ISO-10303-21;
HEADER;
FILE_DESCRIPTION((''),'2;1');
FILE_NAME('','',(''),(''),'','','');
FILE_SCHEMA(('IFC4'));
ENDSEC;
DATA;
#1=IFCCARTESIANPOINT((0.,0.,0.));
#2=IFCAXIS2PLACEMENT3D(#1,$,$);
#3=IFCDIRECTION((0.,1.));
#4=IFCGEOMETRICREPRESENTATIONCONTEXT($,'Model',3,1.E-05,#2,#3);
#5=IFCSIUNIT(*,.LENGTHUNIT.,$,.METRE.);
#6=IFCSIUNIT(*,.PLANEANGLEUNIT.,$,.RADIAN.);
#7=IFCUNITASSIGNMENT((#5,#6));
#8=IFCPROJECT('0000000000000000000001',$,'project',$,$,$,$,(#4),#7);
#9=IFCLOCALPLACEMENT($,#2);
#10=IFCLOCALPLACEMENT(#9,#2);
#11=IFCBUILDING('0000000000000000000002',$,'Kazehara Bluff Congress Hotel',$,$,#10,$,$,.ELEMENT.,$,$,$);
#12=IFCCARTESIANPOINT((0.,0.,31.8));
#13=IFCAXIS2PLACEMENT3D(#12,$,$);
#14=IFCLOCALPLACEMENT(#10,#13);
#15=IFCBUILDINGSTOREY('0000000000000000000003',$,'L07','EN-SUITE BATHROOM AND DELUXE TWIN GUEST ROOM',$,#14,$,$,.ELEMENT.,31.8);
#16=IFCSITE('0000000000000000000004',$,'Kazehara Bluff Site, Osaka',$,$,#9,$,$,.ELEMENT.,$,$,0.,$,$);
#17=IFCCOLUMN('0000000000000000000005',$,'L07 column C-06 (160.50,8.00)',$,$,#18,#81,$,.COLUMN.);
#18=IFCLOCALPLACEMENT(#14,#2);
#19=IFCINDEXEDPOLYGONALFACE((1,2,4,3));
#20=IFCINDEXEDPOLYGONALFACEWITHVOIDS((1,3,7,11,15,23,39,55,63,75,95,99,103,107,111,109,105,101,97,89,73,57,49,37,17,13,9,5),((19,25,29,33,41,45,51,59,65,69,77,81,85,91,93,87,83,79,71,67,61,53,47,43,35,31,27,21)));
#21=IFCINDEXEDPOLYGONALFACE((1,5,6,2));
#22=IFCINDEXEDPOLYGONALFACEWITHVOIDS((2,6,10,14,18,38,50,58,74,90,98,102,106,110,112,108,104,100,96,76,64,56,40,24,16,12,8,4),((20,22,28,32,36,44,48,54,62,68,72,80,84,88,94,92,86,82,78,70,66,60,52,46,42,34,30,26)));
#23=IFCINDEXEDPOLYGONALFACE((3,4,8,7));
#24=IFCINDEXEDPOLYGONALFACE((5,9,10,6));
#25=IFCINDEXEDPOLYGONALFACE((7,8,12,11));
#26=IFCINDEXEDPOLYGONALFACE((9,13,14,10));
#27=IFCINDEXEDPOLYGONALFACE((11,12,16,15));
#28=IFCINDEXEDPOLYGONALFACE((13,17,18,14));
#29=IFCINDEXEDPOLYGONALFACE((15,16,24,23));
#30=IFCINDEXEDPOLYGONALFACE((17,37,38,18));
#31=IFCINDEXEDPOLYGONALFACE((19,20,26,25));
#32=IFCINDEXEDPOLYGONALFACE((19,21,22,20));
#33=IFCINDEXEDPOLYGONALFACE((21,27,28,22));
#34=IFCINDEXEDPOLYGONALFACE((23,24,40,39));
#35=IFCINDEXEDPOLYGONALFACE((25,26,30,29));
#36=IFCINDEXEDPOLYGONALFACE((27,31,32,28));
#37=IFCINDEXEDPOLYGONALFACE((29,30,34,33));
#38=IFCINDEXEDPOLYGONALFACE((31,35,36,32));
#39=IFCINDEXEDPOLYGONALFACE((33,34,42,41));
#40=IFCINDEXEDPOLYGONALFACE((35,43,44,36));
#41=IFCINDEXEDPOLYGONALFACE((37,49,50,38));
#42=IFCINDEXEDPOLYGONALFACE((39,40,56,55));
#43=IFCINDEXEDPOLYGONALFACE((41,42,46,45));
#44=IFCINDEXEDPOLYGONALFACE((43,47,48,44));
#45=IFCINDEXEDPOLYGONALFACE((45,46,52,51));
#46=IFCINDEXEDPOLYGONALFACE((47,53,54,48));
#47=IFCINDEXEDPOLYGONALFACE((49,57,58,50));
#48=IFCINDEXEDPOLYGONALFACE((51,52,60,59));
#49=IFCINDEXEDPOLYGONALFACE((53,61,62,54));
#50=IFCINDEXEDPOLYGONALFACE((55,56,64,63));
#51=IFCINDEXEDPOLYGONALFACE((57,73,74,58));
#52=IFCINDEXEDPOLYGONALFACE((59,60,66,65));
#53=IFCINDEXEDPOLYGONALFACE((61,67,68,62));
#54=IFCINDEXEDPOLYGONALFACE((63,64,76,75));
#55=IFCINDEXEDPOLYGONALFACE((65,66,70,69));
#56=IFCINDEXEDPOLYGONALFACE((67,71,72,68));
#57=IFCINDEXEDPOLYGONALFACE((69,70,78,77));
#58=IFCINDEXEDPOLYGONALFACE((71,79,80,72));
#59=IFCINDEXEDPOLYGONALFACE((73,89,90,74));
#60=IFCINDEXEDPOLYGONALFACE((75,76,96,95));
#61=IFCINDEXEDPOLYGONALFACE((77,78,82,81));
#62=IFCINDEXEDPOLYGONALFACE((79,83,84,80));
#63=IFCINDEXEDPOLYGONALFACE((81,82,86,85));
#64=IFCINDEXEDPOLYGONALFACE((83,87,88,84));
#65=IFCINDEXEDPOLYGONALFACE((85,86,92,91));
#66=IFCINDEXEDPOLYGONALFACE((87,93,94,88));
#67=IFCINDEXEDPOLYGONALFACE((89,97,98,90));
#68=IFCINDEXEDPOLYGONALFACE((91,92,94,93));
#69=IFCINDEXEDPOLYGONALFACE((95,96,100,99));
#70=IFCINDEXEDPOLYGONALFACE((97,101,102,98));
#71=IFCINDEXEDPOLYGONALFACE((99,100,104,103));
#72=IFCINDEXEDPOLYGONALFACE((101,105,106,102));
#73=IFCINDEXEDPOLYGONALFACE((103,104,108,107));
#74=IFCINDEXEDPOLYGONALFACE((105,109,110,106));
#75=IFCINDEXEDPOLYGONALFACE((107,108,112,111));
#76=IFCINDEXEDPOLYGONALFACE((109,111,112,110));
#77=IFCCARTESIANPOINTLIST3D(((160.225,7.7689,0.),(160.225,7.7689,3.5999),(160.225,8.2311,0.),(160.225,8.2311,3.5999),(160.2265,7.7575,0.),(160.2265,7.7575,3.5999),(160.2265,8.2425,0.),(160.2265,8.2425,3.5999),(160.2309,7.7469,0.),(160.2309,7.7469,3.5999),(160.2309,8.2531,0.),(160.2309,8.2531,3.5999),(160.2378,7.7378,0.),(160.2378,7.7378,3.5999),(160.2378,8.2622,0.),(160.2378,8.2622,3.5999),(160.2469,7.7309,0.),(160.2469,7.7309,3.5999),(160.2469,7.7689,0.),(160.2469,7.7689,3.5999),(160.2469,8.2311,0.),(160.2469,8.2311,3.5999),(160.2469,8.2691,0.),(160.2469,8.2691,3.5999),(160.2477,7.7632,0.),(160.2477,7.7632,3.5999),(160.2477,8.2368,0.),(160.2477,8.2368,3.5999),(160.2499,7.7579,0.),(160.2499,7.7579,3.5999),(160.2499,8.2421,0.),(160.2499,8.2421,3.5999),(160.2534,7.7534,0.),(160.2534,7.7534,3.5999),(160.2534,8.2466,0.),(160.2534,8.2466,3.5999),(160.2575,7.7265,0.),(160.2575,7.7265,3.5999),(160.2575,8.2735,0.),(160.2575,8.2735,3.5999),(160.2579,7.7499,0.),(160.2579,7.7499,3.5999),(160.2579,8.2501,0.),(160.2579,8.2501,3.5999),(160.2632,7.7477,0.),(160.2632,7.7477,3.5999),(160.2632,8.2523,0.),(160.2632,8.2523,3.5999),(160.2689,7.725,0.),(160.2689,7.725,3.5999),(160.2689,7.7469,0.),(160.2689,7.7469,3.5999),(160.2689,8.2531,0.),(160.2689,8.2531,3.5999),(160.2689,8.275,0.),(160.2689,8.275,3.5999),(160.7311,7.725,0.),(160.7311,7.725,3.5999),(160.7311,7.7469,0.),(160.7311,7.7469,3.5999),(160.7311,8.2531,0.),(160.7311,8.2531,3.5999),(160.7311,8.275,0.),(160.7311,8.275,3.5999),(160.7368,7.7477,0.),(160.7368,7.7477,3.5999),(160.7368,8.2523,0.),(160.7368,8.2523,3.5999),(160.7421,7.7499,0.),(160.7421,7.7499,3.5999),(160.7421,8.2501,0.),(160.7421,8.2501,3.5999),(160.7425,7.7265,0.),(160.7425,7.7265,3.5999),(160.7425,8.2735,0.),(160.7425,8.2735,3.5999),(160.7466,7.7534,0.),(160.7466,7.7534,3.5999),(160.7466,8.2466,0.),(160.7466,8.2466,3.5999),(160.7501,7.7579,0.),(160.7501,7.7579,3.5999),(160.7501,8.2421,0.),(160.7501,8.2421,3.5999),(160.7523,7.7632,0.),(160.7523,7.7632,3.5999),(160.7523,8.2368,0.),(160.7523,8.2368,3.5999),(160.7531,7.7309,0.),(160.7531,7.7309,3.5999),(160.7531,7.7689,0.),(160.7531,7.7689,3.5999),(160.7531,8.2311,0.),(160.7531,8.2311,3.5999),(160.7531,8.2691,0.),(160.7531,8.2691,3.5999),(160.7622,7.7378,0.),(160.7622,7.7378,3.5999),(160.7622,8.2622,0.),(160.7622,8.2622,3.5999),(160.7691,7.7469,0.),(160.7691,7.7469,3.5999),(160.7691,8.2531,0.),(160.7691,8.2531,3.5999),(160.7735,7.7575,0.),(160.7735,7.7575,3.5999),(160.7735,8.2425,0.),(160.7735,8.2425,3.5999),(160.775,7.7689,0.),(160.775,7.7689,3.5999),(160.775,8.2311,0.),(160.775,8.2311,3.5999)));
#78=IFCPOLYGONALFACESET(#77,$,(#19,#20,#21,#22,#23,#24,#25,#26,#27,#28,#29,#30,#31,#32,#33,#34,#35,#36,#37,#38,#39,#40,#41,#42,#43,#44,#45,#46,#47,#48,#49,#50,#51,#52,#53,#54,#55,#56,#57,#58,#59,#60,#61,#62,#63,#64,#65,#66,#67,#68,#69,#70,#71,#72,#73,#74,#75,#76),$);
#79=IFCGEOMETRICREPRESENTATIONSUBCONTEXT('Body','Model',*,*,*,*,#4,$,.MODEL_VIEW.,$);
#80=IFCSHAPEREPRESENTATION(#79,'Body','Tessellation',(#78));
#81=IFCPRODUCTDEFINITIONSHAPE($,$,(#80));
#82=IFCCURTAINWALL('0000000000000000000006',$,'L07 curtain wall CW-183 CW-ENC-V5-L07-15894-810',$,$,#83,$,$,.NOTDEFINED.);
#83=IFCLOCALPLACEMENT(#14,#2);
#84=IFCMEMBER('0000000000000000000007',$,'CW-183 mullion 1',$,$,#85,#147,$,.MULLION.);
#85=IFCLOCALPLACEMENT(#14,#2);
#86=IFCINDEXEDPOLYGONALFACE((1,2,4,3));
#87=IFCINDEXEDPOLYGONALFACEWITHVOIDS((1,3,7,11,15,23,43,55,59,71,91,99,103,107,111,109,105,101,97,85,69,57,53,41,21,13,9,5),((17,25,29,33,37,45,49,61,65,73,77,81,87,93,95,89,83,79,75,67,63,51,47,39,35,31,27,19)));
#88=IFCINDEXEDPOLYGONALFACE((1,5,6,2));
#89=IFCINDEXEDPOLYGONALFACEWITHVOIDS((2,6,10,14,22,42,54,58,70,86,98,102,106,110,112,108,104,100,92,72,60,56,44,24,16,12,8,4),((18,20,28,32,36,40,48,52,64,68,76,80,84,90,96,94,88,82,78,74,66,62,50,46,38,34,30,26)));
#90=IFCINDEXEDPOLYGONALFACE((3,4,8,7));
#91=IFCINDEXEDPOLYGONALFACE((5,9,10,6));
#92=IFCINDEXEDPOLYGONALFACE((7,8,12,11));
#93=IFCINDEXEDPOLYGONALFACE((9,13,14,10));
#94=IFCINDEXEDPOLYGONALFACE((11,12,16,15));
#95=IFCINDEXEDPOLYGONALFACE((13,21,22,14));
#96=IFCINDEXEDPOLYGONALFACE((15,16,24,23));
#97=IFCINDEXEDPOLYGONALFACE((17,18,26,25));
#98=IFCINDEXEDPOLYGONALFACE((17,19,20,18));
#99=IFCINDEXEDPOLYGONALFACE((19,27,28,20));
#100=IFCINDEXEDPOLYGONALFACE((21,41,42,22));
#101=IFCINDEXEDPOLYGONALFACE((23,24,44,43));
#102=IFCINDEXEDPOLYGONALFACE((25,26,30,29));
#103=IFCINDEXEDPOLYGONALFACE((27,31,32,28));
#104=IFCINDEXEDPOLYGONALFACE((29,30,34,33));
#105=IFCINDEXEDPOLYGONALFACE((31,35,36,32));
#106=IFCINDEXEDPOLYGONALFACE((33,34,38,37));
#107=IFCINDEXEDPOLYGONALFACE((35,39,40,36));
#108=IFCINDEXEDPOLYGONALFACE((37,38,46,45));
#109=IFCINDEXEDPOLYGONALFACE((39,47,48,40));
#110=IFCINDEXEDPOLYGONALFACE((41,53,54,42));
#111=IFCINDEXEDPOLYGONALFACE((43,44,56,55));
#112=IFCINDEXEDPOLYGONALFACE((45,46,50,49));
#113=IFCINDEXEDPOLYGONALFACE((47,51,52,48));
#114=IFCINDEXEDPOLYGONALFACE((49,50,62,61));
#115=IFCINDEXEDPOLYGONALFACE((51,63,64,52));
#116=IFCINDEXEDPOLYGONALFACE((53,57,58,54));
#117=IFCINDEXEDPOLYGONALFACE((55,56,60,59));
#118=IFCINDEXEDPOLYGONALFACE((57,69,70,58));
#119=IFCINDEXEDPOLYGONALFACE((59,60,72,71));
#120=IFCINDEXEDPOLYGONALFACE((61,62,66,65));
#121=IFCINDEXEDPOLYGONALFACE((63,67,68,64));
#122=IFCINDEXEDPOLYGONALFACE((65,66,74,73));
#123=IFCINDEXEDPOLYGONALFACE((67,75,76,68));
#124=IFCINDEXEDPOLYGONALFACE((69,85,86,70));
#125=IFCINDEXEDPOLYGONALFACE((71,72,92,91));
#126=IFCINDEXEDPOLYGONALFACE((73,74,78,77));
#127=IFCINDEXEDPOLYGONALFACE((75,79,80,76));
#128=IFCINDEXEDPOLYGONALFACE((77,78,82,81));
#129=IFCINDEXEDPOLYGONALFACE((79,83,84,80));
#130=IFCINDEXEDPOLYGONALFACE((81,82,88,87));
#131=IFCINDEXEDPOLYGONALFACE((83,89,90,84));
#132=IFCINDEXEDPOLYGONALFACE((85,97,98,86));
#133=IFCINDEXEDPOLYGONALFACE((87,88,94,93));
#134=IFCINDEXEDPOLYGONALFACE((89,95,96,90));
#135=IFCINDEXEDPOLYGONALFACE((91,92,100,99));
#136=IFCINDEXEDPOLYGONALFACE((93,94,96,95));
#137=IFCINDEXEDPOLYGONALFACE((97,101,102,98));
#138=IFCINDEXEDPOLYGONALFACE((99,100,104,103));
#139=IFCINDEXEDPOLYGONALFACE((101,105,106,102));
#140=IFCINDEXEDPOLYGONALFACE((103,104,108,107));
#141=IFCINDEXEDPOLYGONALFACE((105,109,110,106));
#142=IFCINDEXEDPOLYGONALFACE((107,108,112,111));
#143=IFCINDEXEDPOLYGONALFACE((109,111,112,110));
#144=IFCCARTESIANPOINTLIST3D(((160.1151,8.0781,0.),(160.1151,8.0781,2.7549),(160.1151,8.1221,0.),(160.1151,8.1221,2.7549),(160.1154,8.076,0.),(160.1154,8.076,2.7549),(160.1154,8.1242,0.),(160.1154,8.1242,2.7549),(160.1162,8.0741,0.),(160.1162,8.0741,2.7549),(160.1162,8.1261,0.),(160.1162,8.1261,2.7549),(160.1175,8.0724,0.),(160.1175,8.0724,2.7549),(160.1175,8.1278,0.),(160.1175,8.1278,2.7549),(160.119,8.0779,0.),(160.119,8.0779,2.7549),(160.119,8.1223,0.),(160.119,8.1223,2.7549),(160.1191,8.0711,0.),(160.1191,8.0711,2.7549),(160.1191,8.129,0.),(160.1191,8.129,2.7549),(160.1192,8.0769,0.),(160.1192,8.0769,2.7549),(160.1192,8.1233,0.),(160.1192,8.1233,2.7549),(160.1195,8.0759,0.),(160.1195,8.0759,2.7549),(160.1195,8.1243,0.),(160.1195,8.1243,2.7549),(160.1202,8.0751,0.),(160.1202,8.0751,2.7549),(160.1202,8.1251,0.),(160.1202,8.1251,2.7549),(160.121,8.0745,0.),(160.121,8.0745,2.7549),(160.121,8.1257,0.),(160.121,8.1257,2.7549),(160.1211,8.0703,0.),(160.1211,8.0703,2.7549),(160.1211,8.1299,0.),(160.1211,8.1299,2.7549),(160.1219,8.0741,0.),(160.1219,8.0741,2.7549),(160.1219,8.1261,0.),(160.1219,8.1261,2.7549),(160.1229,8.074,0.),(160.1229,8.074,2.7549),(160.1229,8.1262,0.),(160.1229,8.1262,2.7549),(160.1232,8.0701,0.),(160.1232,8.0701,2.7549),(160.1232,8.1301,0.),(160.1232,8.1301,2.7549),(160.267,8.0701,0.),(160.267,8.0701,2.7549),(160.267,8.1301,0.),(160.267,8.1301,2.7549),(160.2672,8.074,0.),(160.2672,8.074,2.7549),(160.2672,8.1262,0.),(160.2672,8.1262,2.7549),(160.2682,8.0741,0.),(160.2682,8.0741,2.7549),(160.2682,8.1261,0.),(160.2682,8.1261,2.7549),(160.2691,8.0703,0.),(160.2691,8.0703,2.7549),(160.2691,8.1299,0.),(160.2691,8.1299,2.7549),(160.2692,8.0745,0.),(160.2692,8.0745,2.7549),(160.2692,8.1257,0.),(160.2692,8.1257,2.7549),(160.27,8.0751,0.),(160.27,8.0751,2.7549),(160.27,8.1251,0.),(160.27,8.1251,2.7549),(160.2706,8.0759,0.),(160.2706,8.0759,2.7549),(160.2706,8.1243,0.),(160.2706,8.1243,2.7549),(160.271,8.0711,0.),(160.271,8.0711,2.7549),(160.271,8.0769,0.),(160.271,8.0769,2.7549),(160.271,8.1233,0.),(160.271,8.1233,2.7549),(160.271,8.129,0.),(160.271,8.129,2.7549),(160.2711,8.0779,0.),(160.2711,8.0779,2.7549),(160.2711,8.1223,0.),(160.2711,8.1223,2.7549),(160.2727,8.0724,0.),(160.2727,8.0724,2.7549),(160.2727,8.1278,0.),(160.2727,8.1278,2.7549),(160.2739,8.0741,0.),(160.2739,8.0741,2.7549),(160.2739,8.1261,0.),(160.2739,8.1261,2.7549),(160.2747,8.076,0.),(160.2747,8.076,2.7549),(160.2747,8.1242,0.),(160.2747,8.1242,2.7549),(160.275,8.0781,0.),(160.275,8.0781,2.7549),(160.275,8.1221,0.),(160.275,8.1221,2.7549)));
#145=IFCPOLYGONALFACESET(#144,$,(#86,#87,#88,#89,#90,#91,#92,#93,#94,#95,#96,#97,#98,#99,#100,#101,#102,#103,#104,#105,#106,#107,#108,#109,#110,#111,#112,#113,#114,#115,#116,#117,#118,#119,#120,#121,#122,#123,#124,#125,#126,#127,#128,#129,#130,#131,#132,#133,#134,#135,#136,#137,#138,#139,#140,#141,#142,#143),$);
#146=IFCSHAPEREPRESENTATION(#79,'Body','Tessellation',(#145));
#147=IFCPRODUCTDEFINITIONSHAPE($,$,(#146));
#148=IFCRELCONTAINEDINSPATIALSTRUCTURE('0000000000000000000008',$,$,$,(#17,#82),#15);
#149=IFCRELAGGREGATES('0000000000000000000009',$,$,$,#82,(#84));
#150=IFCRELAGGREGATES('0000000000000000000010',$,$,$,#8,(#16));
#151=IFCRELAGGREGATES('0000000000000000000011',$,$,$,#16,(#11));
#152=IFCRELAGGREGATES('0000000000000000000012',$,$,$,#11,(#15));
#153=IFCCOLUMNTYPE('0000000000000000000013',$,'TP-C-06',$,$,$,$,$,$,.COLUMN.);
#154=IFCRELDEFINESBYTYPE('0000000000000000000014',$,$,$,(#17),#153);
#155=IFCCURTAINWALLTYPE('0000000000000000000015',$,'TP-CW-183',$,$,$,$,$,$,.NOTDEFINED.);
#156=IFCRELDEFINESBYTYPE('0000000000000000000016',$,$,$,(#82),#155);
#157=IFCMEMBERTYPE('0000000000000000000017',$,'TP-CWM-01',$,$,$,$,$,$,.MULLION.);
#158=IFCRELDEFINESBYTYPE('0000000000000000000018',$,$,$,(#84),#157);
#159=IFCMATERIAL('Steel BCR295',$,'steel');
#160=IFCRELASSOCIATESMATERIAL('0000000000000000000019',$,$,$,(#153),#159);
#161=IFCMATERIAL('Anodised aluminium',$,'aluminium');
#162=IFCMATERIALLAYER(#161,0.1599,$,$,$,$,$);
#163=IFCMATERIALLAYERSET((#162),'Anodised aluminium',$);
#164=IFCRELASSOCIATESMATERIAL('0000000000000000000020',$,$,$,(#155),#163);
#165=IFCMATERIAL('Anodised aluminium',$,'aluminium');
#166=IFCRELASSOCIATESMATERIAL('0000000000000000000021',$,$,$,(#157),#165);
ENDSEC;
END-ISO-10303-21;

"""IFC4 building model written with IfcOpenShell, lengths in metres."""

from ifc_helpers import new_model, si_unit, direction, frame, origin, origin_2d, place, context, subcontext, project, spatial, hollow_rectangle, extrude, material, layer, layer_set, material_profile, profile_set, type_object, element, aggregate, save


model = new_model("IFC4")

# Units and contexts
model_context = context("Model", 3, precision=1e-05, world=origin(), true_north=direction((0.0, 1.0)))
body_context = subcontext(model_context, "Body", "Model", "MODEL_VIEW")
ifc_project = project(units=[si_unit("LENGTHUNIT", "METRE"), si_unit("PLANEANGLEUNIT", "RADIAN")], contexts=[model_context])

# Site, building, storey
site_placement = place(None, origin())
site = spatial("IfcSite", under=ifc_project, at=site_placement, Name="Kazehara Bluff Site, Osaka", CompositionType="ELEMENT", RefElevation=0.0)
building_placement = place(site_placement, origin())
building = spatial("IfcBuilding", under=site, at=building_placement, Name="Kazehara Bluff Congress Hotel", CompositionType="ELEMENT")
storey_placement = place(building_placement, frame((0.0, 0.0, 31.8)))
storey = spatial("IfcBuildingStorey", under=building, at=storey_placement, Name="L07", Description="EN-SUITE BATHROOM AND DELUXE TWIN GUEST ROOM", CompositionType="ELEMENT", Elevation=31.8)

# Column
ifc_material_1 = material(Name="Steel BCR295", Category="steel")
ifc_material_profile_1 = material_profile(ifc_material_1, hollow_rectangle(XDim=0.55, YDim=0.55, WallThickness=0.022, InnerFilletRadius=0.022, OuterFilletRadius=0.0439, at=origin_2d()))
ifc_profile_set_1 = profile_set([ifc_material_profile_1], Name="Steel BCR295")
column_type = type_object("IfcColumnType", Name="TP-C-06", PredefinedType="COLUMN", material=ifc_profile_set_1)
column_placement = place(storey_placement, frame((160.5, 8.0, 0.0), z_axis=(0.0, 0.0, 1.0), x_axis=(1.0, 0.0, 0.0)))
element("IfcColumn", 1, at=column_placement, inside=storey, type_object=column_type, Name="L07 column C-06 (160.50,8.00)", PredefinedType="COLUMN", context=body_context, shape_type="SweptSolid", body=[
    extrude(hollow_rectangle(XDim=0.55, YDim=0.55, WallThickness=0.022, InnerFilletRadius=0.022, OuterFilletRadius=0.0439, at=origin_2d()), origin(), (0.0, 0.0, 1.0), 3.5999),
])

# Curtain wall, member
ifc_material_2 = material(Name="Anodised aluminium", Category="aluminium")
ifc_layer_1 = layer(ifc_material_2, 0.1599)
ifc_layer_set_1 = layer_set([ifc_layer_1], Name="Anodised aluminium")
curtain_wall_type_1 = type_object("IfcCurtainWallType", Name="TP-CW-183", PredefinedType="NOTDEFINED", material=ifc_layer_set_1)
curtain_wall_1_placement = place(storey_placement, origin())
curtain_wall_1 = element("IfcCurtainWall", 2, at=curtain_wall_1_placement, inside=storey, type_object=curtain_wall_type_1, Name="L07 curtain wall CW-183 CW-ENC-V5-L07-15894-810", PredefinedType="NOTDEFINED")
ifc_material_3 = material(Name="Anodised aluminium", Category="aluminium")
ifc_material_profile_2 = material_profile(ifc_material_3, hollow_rectangle(XDim=0.0601, YDim=0.1599, WallThickness=0.0039, InnerFilletRadius=0.0039, OuterFilletRadius=0.0081, at=origin_2d()))
ifc_profile_set_2 = profile_set([ifc_material_profile_2], Name="Anodised aluminium")
member_type_1 = type_object("IfcMemberType", Name="TP-CWM-01", PredefinedType="MULLION", material=ifc_profile_set_2)
member_1_placement = place(storey_placement, frame((160.1951, 8.1001, 0.0), z_axis=(0.0, 0.0, 1.0), x_axis=(0.0, -1.0, 0.0)))
member_1 = element("IfcMember", 3, at=member_1_placement, type_object=member_type_1, Name="CW-183 mullion 1", PredefinedType="MULLION", context=body_context, shape_type="SweptSolid", body=[
    extrude(hollow_rectangle(XDim=0.0601, YDim=0.1599, WallThickness=0.0039, InnerFilletRadius=0.0039, OuterFilletRadius=0.0081, at=origin_2d()), origin(), (0.0, 0.0, 1.0), 2.7549),
])

aggregate(curtain_wall_1, [member_1])

save(model, "model.ifc")
